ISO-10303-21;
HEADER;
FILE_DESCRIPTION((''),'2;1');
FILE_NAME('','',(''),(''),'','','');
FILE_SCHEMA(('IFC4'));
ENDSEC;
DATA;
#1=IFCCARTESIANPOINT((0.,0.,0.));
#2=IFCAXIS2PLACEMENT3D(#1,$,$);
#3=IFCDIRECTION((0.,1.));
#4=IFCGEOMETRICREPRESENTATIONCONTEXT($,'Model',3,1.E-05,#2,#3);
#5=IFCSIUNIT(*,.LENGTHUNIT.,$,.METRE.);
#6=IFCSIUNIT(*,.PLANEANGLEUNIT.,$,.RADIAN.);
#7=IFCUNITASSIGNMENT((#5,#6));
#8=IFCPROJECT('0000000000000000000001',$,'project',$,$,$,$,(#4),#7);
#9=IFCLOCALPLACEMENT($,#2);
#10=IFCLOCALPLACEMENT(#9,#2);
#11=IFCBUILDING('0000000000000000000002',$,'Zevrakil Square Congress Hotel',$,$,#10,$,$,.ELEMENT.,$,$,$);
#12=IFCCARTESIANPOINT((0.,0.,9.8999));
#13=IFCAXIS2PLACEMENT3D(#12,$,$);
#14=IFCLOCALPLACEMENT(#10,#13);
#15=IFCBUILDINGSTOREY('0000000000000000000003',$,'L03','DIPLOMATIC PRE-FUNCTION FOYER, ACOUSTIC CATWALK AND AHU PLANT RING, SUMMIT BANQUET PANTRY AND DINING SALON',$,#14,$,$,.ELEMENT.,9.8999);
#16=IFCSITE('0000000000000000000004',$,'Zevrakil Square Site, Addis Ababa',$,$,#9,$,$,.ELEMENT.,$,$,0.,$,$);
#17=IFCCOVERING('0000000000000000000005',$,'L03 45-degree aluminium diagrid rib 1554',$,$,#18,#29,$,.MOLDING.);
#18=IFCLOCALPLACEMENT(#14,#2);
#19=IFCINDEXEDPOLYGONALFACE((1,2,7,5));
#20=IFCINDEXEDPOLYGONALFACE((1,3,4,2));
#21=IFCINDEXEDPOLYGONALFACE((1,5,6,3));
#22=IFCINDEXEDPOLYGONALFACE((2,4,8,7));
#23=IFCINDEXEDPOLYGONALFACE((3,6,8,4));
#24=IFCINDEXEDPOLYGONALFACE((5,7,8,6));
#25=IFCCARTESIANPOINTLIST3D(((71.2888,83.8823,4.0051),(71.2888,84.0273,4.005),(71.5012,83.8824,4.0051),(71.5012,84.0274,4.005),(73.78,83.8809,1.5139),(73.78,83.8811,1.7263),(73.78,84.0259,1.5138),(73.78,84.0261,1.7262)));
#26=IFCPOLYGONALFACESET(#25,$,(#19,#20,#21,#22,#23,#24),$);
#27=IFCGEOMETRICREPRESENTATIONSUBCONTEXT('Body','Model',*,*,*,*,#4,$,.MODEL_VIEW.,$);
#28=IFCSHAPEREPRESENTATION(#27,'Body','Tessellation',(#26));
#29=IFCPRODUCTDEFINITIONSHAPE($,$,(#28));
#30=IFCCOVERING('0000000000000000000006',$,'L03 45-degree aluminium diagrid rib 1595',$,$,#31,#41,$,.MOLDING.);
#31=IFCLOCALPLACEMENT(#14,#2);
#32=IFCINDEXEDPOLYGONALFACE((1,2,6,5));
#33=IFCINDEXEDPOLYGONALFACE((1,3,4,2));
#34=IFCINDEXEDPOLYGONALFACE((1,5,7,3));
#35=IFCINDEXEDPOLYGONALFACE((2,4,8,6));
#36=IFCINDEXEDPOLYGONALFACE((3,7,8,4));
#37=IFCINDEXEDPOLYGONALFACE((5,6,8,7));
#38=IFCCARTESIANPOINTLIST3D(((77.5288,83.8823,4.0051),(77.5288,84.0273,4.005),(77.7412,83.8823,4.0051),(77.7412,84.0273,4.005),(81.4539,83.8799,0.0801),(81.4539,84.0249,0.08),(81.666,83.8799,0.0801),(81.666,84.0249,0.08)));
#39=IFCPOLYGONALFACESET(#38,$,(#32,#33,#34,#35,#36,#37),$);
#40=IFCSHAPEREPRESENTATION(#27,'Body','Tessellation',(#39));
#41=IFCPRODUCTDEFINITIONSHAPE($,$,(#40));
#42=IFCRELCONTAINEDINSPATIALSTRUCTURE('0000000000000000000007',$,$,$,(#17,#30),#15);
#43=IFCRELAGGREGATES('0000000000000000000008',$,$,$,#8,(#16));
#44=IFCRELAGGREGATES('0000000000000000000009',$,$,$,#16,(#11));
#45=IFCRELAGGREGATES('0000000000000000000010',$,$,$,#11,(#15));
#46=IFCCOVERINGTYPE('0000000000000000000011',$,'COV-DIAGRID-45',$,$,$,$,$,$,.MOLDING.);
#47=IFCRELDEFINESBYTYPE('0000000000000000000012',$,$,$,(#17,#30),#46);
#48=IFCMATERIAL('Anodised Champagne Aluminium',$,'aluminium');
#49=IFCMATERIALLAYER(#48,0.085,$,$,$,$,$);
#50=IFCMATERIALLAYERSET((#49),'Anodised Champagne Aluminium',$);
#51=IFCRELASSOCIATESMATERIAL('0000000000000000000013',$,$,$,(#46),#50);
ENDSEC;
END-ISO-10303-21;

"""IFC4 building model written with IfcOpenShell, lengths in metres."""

from ifc_helpers import new_model, si_unit, direction, frame, origin, place, context, subcontext, project, spatial, polyline, outline, extrude, material, layer, layer_set, type_object, element, save


model = new_model("IFC4")

# Units and contexts
model_context = context("Model", 3, precision=1e-05, world=origin(), true_north=direction((0.0, 1.0)))
body_context = subcontext(model_context, "Body", "Model", "MODEL_VIEW")
ifc_project = project(units=[si_unit("LENGTHUNIT", "METRE"), si_unit("PLANEANGLEUNIT", "RADIAN")], contexts=[model_context])

# Site, building, storey
site_placement = place(None, origin())
site = spatial("IfcSite", under=ifc_project, at=site_placement, Name="Zevrakil Square Site, Addis Ababa", CompositionType="ELEMENT", RefElevation=0.0)
building_placement = place(site_placement, origin())
building = spatial("IfcBuilding", under=site, at=building_placement, Name="Zevrakil Square Congress Hotel", CompositionType="ELEMENT")
storey_placement = place(building_placement, frame((0.0, 0.0, 9.8999)))
storey = spatial("IfcBuildingStorey", under=building, at=storey_placement, Name="L03", Description="DIPLOMATIC PRE-FUNCTION FOYER, ACOUSTIC CATWALK AND AHU PLANT RING, SUMMIT BANQUET PANTRY AND DINING SALON", CompositionType="ELEMENT", Elevation=9.8999)

# Coverings
ifc_material_1 = material(Name="Anodised Champagne Aluminium", Category="aluminium")
ifc_layer_1 = layer(ifc_material_1, 0.085)
ifc_layer_set_1 = layer_set([ifc_layer_1], Name="Anodised Champagne Aluminium")
covering_type_1 = type_object("IfcCoveringType", Name="COV-DIAGRID-45", PredefinedType="MOLDING", material=ifc_layer_set_1)
covering_1_placement = place(storey_placement, frame((71.2888, 83.8823, 4.0051), z_axis=(0.000293, -1.0, 0.000856), x_axis=(1.0, 0.000293, 0.0)))
element("IfcCovering", 1, at=covering_1_placement, inside=storey, type_object=covering_type_1, Name="L03 45-degree aluminium diagrid rib 1554", PredefinedType="MOLDING", context=body_context, shape_type="SweptSolid", body=[
    extrude(outline(polyline([(0.0, 0.0), (0.2124, 0.0), (2.4912, -2.2788), (2.4912, -2.4912), (0.0, 0.0)])), origin(), (0.0, 0.0, -1.0), 0.145),
])
covering_2_placement = place(storey_placement, frame((77.5288, 83.8823, 4.0051), z_axis=(0.0, -1.0, 0.000622), x_axis=(1.0, 0.0, 0.0)))
element("IfcCovering", 2, at=covering_2_placement, inside=storey, type_object=covering_type_1, Name="L03 45-degree aluminium diagrid rib 1595", PredefinedType="MOLDING", context=body_context, shape_type="SweptSolid", body=[
    extrude(outline(polyline([(0.0, 0.0), (0.2124, 0.0), (4.1372, -3.925), (3.925, -3.925), (0.0, 0.0)])), origin(), (0.0, 0.0, -1.0), 0.145),
])

save(model, "model.ifc")
